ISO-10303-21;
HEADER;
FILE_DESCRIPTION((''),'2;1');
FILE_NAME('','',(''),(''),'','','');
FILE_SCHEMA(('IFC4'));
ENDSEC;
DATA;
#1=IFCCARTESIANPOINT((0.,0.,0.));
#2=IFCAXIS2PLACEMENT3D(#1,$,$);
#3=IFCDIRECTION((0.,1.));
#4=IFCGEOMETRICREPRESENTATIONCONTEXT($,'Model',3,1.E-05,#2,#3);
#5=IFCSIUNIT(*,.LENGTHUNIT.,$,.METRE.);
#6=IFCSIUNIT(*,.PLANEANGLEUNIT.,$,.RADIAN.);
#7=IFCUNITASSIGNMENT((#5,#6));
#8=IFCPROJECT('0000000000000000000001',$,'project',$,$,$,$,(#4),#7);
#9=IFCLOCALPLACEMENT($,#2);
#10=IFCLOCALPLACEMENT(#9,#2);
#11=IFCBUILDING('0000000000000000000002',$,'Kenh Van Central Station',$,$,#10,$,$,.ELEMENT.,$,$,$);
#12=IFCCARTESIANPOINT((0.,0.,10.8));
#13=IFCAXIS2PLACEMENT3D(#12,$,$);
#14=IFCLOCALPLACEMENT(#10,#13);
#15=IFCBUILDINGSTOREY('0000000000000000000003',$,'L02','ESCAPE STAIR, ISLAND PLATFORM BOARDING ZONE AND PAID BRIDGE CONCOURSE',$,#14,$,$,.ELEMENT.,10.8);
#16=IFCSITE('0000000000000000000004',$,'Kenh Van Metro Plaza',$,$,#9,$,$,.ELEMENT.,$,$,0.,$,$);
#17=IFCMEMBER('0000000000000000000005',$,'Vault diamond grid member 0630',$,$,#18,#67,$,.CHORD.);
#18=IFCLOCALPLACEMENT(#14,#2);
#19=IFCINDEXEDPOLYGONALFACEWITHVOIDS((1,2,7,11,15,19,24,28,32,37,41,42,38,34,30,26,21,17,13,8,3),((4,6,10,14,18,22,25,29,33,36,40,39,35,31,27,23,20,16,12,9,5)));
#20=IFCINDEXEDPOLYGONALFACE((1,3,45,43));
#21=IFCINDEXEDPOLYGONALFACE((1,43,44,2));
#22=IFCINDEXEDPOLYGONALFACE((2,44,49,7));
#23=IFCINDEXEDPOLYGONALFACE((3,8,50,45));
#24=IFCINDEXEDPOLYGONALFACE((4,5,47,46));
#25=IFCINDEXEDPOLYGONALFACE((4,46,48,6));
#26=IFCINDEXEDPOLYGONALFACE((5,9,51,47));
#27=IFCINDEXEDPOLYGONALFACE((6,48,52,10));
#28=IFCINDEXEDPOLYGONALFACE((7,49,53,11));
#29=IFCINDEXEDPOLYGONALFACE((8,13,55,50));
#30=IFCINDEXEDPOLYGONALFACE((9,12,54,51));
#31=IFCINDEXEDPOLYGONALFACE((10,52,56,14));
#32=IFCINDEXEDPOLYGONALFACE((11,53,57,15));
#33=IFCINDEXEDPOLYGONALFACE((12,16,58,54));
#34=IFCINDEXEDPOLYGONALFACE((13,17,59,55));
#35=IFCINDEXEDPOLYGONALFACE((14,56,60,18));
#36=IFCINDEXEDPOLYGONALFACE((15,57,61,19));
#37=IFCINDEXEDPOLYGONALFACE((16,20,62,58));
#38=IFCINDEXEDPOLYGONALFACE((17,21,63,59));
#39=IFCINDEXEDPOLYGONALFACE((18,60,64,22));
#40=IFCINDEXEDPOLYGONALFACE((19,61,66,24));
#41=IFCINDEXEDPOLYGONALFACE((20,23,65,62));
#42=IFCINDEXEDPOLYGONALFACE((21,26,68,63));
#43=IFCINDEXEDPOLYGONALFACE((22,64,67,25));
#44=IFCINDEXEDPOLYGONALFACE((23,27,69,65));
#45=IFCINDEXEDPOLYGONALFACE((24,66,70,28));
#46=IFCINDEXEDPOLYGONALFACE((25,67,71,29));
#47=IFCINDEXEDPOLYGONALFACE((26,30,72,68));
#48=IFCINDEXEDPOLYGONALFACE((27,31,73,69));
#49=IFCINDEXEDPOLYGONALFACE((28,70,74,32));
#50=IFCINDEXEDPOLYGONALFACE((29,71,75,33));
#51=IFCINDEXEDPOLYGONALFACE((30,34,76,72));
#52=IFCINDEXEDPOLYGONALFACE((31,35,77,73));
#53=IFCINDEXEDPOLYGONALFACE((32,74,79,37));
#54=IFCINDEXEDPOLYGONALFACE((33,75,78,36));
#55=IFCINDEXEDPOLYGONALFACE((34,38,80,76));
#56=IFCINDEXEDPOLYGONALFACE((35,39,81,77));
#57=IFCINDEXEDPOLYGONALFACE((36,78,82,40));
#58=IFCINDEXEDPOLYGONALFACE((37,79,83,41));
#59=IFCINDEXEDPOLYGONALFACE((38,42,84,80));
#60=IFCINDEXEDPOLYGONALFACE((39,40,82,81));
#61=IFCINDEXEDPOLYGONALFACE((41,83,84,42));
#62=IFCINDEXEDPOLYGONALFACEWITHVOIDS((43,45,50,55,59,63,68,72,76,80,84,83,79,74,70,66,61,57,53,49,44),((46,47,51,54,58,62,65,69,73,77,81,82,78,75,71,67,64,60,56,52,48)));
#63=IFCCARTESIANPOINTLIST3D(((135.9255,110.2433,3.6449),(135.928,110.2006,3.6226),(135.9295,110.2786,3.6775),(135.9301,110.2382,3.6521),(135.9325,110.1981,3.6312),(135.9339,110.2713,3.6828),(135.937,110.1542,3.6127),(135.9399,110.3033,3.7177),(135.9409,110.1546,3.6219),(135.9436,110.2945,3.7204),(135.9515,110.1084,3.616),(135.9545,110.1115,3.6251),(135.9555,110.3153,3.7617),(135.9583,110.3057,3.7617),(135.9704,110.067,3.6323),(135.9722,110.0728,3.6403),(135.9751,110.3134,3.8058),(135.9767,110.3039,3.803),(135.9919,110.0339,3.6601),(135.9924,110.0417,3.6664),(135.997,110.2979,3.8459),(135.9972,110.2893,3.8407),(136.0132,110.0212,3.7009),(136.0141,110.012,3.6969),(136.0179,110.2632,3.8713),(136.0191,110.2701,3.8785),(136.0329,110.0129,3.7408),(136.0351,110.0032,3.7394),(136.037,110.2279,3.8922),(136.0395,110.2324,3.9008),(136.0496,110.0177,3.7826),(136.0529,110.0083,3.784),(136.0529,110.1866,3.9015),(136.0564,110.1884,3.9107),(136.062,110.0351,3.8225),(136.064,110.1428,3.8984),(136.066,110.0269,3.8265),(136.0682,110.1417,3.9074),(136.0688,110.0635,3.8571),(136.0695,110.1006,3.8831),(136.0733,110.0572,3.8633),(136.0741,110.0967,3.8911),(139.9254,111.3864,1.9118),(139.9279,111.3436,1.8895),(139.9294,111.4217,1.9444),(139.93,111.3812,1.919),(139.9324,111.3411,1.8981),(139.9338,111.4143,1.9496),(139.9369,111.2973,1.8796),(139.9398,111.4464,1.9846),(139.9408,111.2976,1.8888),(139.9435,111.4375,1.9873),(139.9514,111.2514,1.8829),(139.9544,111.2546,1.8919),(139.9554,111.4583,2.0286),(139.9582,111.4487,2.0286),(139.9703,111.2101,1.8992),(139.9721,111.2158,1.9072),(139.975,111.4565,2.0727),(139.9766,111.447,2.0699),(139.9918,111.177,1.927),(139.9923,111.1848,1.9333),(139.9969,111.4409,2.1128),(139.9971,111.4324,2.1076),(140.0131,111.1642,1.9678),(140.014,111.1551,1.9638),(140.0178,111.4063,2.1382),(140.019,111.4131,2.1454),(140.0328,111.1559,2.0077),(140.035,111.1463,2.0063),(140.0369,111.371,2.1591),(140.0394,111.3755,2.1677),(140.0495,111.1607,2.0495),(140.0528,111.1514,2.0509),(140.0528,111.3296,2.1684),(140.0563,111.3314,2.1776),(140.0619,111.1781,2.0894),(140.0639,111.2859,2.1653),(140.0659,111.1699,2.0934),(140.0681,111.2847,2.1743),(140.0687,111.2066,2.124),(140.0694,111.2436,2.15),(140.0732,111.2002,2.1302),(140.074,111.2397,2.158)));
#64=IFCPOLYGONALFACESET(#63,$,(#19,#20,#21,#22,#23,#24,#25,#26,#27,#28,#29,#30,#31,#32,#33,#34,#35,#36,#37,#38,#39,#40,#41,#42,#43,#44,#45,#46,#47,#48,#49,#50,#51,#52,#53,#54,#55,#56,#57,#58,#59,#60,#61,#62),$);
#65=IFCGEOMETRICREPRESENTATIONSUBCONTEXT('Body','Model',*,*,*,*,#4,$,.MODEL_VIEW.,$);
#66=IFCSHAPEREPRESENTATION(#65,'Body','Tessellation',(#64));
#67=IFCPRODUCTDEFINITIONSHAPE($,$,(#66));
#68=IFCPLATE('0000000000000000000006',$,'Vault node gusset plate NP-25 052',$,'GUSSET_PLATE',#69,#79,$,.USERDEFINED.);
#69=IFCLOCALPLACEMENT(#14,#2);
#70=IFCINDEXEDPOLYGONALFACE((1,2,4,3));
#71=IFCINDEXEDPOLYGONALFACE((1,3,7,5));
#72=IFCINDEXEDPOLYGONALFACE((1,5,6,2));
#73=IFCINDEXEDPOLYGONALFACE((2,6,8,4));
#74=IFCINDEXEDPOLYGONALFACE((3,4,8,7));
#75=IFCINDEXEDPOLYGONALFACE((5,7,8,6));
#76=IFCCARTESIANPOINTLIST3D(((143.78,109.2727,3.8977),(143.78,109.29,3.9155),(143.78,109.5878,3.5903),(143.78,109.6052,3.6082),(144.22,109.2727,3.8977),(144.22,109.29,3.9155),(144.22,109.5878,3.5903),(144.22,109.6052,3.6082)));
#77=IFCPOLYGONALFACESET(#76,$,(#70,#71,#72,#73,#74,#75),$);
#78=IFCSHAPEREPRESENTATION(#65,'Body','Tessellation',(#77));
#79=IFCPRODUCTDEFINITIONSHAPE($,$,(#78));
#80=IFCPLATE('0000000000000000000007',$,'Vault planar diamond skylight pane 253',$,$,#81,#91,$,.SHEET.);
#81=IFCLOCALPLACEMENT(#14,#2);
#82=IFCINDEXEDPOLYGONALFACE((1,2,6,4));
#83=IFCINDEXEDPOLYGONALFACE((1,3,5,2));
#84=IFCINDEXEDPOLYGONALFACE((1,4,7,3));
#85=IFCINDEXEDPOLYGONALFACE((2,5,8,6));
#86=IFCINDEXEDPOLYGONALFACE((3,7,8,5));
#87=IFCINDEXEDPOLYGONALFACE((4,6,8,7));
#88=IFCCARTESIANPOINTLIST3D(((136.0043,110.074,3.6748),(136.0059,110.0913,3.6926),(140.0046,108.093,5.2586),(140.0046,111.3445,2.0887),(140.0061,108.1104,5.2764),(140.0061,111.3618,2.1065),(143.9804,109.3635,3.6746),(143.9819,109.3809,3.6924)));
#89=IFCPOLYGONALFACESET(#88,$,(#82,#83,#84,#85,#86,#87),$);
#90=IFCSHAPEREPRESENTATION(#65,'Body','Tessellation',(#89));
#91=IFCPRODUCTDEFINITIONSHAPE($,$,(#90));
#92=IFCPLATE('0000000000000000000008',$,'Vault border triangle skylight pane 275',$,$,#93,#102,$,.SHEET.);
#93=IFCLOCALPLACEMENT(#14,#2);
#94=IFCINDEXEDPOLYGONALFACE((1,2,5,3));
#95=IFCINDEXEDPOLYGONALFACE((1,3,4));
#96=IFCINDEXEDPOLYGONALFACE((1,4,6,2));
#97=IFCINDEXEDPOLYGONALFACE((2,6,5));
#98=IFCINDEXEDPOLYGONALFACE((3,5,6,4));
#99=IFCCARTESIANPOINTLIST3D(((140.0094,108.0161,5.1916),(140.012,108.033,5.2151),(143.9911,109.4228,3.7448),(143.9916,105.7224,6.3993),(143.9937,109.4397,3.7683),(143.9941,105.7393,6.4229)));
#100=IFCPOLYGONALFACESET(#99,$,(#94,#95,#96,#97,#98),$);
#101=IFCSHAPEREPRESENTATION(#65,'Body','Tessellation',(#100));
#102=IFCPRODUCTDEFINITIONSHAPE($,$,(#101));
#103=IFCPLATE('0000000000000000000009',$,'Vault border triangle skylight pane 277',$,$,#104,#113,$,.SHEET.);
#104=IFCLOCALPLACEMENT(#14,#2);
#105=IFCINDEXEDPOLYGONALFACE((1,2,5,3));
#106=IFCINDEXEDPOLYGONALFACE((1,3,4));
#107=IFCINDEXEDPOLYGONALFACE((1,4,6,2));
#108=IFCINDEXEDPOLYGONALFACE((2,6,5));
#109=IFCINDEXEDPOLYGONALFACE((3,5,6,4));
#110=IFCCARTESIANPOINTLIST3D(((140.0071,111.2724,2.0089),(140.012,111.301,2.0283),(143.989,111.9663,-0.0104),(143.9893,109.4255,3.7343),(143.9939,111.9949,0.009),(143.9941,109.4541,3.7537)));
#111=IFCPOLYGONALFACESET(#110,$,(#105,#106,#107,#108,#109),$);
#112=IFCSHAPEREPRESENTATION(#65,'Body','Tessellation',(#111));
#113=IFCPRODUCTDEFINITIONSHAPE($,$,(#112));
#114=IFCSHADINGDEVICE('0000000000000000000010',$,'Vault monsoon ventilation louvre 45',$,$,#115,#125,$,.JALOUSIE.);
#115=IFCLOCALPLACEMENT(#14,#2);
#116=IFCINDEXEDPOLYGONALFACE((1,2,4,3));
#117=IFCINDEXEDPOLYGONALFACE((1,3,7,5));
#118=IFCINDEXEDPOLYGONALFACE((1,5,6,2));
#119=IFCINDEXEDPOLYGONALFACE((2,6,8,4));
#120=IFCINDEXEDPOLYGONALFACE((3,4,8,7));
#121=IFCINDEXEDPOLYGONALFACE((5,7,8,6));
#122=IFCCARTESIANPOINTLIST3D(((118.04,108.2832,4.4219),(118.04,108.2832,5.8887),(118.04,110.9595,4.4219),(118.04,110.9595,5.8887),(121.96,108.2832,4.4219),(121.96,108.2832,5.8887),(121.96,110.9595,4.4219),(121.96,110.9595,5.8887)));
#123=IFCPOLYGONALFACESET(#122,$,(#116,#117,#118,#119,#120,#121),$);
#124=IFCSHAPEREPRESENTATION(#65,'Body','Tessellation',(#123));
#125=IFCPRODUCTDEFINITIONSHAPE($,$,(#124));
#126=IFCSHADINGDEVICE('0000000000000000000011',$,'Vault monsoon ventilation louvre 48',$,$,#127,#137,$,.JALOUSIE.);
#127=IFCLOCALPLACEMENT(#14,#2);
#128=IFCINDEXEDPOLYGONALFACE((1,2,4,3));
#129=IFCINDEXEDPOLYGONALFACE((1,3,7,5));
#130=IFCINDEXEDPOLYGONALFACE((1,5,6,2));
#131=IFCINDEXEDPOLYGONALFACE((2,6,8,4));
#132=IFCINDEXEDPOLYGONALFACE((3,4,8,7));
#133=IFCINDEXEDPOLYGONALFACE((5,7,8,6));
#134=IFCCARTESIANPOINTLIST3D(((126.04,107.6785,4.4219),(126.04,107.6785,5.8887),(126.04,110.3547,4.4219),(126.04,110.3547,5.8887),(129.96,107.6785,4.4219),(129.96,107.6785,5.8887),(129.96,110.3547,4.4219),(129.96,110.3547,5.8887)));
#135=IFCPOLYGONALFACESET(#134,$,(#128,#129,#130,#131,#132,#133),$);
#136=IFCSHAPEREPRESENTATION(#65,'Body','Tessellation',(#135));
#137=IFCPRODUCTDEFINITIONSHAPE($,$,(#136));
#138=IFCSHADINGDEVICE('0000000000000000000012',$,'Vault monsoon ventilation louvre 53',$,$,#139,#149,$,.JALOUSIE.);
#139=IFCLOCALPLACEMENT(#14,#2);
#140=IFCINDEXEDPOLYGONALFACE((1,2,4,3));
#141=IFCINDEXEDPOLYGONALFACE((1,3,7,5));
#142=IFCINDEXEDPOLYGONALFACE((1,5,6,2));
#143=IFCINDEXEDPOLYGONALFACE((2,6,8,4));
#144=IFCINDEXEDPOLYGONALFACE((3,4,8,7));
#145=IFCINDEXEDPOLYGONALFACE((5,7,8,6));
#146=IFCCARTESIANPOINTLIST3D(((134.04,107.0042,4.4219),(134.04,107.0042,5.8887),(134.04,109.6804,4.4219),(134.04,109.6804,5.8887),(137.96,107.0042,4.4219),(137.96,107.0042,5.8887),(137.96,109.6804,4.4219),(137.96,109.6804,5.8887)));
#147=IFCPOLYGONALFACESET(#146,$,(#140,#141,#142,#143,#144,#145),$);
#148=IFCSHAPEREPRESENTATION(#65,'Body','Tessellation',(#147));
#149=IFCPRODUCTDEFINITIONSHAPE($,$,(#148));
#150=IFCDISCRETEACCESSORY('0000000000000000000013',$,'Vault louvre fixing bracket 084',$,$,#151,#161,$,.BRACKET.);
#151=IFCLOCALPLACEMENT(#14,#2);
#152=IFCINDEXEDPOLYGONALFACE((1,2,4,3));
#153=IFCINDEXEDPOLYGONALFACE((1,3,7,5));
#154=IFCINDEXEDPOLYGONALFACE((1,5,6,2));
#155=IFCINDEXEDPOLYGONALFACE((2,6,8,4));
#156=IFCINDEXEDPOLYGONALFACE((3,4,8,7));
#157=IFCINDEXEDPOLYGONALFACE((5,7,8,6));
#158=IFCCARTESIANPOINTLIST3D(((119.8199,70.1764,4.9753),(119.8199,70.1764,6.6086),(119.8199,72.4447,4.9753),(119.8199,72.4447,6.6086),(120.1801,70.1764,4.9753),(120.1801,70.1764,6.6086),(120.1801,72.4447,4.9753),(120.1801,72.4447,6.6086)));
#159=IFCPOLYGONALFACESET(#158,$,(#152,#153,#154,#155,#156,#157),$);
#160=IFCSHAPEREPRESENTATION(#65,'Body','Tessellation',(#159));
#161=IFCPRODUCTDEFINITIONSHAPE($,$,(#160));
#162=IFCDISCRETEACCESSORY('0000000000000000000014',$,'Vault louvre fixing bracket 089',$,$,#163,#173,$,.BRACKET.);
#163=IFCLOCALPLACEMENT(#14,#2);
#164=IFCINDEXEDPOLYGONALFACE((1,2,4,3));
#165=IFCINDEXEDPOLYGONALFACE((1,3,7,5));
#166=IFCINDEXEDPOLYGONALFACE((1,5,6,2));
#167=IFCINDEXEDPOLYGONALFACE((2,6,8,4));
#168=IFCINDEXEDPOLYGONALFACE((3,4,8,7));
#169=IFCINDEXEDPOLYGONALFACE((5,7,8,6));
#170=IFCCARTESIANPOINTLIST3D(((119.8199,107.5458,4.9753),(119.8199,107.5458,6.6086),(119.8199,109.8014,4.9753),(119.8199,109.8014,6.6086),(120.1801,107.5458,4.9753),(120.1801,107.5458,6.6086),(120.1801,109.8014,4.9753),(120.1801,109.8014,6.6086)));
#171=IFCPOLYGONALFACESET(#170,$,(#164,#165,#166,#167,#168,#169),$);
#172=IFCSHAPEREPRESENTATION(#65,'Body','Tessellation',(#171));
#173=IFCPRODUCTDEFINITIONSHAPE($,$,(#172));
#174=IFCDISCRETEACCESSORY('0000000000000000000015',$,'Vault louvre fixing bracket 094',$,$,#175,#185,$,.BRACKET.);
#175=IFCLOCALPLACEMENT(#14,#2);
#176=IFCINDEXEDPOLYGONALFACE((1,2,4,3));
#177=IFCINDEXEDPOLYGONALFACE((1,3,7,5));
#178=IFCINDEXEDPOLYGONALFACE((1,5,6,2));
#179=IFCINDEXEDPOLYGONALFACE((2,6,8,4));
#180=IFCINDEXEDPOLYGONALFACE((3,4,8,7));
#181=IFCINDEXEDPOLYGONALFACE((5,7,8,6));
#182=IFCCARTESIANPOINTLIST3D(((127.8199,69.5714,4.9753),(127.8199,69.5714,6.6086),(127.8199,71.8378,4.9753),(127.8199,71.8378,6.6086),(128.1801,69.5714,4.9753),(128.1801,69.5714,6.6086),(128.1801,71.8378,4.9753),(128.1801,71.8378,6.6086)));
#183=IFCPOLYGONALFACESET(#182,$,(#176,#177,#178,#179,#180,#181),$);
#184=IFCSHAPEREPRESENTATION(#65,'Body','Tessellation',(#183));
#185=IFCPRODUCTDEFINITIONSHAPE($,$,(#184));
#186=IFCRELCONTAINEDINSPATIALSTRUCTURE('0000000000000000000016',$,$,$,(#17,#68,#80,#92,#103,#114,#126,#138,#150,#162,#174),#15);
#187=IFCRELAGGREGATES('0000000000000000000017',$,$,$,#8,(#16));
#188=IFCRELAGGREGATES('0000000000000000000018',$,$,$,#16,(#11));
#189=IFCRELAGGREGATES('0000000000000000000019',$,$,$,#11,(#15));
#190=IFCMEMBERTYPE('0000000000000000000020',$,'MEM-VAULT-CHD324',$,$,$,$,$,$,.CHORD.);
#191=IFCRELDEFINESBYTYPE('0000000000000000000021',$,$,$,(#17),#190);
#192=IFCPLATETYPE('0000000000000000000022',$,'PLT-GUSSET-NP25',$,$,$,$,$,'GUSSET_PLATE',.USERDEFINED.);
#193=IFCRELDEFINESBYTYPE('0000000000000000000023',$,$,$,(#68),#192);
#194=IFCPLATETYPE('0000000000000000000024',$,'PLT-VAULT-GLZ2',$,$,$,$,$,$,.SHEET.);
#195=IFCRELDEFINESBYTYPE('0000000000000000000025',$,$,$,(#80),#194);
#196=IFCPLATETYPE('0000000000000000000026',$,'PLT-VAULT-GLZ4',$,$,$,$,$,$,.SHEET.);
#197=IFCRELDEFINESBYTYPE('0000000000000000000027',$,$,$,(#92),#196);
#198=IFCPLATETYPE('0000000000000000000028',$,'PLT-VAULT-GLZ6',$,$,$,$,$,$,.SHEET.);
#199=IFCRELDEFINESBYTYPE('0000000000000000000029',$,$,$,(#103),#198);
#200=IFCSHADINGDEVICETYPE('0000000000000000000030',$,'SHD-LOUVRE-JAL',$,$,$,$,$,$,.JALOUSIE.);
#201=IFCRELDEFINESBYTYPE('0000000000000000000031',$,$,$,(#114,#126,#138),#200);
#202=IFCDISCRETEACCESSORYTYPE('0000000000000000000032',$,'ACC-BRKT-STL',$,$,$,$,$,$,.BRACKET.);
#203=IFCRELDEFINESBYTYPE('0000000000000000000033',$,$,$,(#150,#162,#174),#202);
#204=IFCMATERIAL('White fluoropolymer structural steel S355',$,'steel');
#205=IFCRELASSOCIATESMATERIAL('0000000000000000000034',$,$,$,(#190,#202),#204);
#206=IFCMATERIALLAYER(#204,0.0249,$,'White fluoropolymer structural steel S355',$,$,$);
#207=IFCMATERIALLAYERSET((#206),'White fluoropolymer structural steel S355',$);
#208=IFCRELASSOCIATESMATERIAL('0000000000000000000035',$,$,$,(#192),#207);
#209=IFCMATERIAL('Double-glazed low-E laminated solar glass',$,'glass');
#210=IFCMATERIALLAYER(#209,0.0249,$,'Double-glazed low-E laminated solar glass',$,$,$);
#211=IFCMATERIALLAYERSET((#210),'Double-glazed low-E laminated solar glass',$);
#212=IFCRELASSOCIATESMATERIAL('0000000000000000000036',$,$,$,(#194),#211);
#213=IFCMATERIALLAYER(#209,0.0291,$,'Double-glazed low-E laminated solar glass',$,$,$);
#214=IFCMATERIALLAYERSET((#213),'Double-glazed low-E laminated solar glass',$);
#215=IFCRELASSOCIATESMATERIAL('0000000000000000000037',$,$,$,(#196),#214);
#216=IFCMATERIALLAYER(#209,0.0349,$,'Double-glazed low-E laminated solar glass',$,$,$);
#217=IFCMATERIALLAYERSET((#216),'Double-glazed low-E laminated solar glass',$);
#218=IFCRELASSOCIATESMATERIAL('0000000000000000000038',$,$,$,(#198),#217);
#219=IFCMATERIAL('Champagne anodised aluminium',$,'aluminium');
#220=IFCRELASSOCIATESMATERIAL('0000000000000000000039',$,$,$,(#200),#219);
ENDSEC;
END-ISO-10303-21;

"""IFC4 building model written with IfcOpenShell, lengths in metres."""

from ifc_helpers import new_model, si_unit, direction, frame, origin, origin_2d, place, context, subcontext, project, spatial, polyline, rectangle, hollow_circle, outline, extrude, material, layer, layer_set, material_profile, profile_set, type_object, element, save


model = new_model("IFC4")

# Units and contexts
model_context = context("Model", 3, precision=1e-05, world=origin(), true_north=direction((0.0, 1.0)))
body_context = subcontext(model_context, "Body", "Model", "MODEL_VIEW")
ifc_project = project(units=[si_unit("LENGTHUNIT", "METRE"), si_unit("PLANEANGLEUNIT", "RADIAN")], contexts=[model_context])

# Site, building, storey
site_placement = place(None, origin())
site = spatial("IfcSite", under=ifc_project, at=site_placement, Name="Kenh Van Metro Plaza", CompositionType="ELEMENT", RefElevation=0.0)
building_placement = place(site_placement, origin())
building = spatial("IfcBuilding", under=site, at=building_placement, Name="Kenh Van Central Station", CompositionType="ELEMENT")
storey_placement = place(building_placement, frame((0.0, 0.0, 10.8)))
storey = spatial("IfcBuildingStorey", under=building, at=storey_placement, Name="L02", Description="ESCAPE STAIR, ISLAND PLATFORM BOARDING ZONE AND PAID BRIDGE CONCOURSE", CompositionType="ELEMENT", Elevation=10.8)

# Shared definitions
ifc_material_1 = material(Name="White fluoropolymer structural steel S355", Category="steel")

# Member
ifc_material_profile_1 = material_profile(ifc_material_1, hollow_circle(Radius=0.1619, WallThickness=0.01, at=origin_2d()), Name="CHS 323.9x10")
ifc_profile_set_1 = profile_set([ifc_material_profile_1], Name="White fluoropolymer structural steel S355")
member_type_1 = type_object("IfcMemberType", Name="MEM-VAULT-CHD324", PredefinedType="CHORD", material=ifc_profile_set_1)
member_1_placement = place(storey_placement, frame((136.0, 110.1597, 3.7617), z_axis=(0.887566, 0.253637, -0.384572), x_axis=(-0.274768, 0.961511, 0.0)))
element("IfcMember", 1, at=member_1_placement, inside=storey, type_object=member_type_1, Name="Vault diamond grid member 0630", PredefinedType="CHORD", context=body_context, shape_type="SweptSolid", body=[
    extrude(hollow_circle(Radius=0.1619, WallThickness=0.01, at=origin_2d()), origin(), (0.0, 0.0, 1.0), 4.5066),
])

# Plates
ifc_layer_1 = layer(ifc_material_1, 0.0249, Name="White fluoropolymer structural steel S355")
ifc_layer_set_1 = layer_set([ifc_layer_1], Name="White fluoropolymer structural steel S355")
plate_type_1 = type_object("IfcPlateType", Name="PLT-GUSSET-NP25", ElementType="GUSSET_PLATE", PredefinedType="USERDEFINED", material=ifc_layer_set_1)
plate_1_placement = place(storey_placement, frame((143.78, 109.29, 3.9155), z_axis=(0.0, 0.698178, 0.715924), x_axis=(1.0, 0.0, 0.0)))
element("IfcPlate", 2, at=plate_1_placement, inside=storey, type_object=plate_type_1, Name="Vault node gusset plate NP-25 052", ObjectType="GUSSET_PLATE", PredefinedType="USERDEFINED", context=body_context, shape_type="SweptSolid", body=[
    extrude(outline(polyline([(0.0, 0.0), (0.4399, 0.0), (0.4399, 0.4403), (0.0, 0.4403), (0.0, 0.0)])), origin(), (0.0, 0.0, -1.0), 0.0249),
])
ifc_material_2 = material(Name="Double-glazed low-E laminated solar glass", Category="glass")
ifc_layer_2 = layer(ifc_material_2, 0.0249, Name="Double-glazed low-E laminated solar glass")
ifc_layer_set_2 = layer_set([ifc_layer_2], Name="Double-glazed low-E laminated solar glass")
plate_type_2 = type_object("IfcPlateType", Name="PLT-VAULT-GLZ2", PredefinedType="SHEET", material=ifc_layer_set_2)
plate_2_placement = place(storey_placement, frame((136.0059, 110.0913, 3.6926), z_axis=(0.062081, 0.696725, 0.714647), x_axis=(0.844558, -0.418229, 0.334374)))
element("IfcPlate", 3, at=plate_2_placement, inside=storey, type_object=plate_type_2, Name="Vault planar diamond skylight pane 253", PredefinedType="SHEET", context=body_context, shape_type="SweptSolid", body=[
    extrude(outline(polyline([(0.0, 0.0), (4.7365, 0.0), (7.0333, 3.8282), (2.3167, 3.8425), (0.0, 0.0)])), origin(), (0.0, 0.0, -1.0), 0.0249),
])
ifc_layer_3 = layer(ifc_material_2, 0.0291, Name="Double-glazed low-E laminated solar glass")
ifc_layer_set_3 = layer_set([ifc_layer_3], Name="Double-glazed low-E laminated solar glass")
plate_type_3 = type_object("IfcPlateType", Name="PLT-VAULT-GLZ4", PredefinedType="SHEET", material=ifc_layer_set_3)
plate_3_placement = place(storey_placement, frame((143.9941, 105.7393, 6.4229), z_axis=(0.088952, 0.580587, 0.809324), x_axis=(-0.000107, 0.812551, -0.58289)))
element("IfcPlate", 4, at=plate_3_placement, inside=storey, type_object=plate_type_3, Name="Vault border triangle skylight pane 275", PredefinedType="SHEET", context=body_context, shape_type="SweptSolid", body=[
    extrude(outline(polyline([(0.0, 0.0), (4.5541, 0.0), (2.5682, 3.9977), (0.0, 0.0)])), origin(), (0.0, 0.0, -1.0), 0.0291),
])
ifc_layer_4 = layer(ifc_material_2, 0.0349, Name="Double-glazed low-E laminated solar glass")
ifc_layer_set_4 = layer_set([ifc_layer_4], Name="Double-glazed low-E laminated solar glass")
plate_type_4 = type_object("IfcPlateType", Name="PLT-VAULT-GLZ6", PredefinedType="SHEET", material=ifc_layer_set_4)
plate_4_placement = place(storey_placement, frame((143.9941, 109.4541, 3.7537), z_axis=(0.139165, 0.819451, 0.555997), x_axis=(-0.000054, 0.561467, -0.827499)))
element("IfcPlate", 5, at=plate_4_placement, inside=storey, type_object=plate_type_4, Name="Vault border triangle skylight pane 277", PredefinedType="SHEET", context=body_context, shape_type="SweptSolid", body=[
    extrude(outline(polyline([(0.0, 0.0), (4.5252, 0.0), (2.4649, 4.0212), (0.0, 0.0)])), origin(), (0.0, 0.0, -1.0), 0.0349),
])

# Shared definitions
ifc_material_3 = material(Name="Champagne anodised aluminium", Category="aluminium")

# Shading devices
shading_device_type = type_object("IfcShadingDeviceType", Name="SHD-LOUVRE-JAL", PredefinedType="JALOUSIE", material=ifc_material_3)
for number, where, z_axis, x_axis, name in (
    (6, (120.0, 109.6213, 4.4219), (0.0, 0.0, 1.0), (1.0, 0.0, 0.0), "Vault monsoon ventilation louvre 45"),
    (7, (128.0, 109.0166, 4.4219), (0.0, 0.0, 1.0), (1.0, 0.0, 0.0), "Vault monsoon ventilation louvre 48"),
    (8, (136.0, 108.3423, 4.4219), (0.0, 0.0, 1.0), (1.0, 0.0, 0.0), "Vault monsoon ventilation louvre 53"),
):
    element("IfcShadingDevice", number, at=place(storey_placement, frame(where, z_axis=z_axis, x_axis=x_axis)), inside=storey, type_object=shading_device_type, Name=name, PredefinedType="JALOUSIE", context=body_context, shape_type="SweptSolid", body=[
        extrude(rectangle(XDim=3.9199, YDim=2.6763, at=origin_2d()), origin(), (0.0, 0.0, 1.0), 1.4668),
    ])

# Discrete accessories
discrete_accessory_type_1 = type_object("IfcDiscreteAccessoryType", Name="ACC-BRKT-STL", PredefinedType="BRACKET", material=ifc_material_1)
discrete_accessory_1_placement = place(storey_placement, frame((120.0, 71.3105, 4.9753), z_axis=(0.0, 0.0, 1.0), x_axis=(1.0, 0.0, 0.0)))
element("IfcDiscreteAccessory", 9, at=discrete_accessory_1_placement, inside=storey, type_object=discrete_accessory_type_1, Name="Vault louvre fixing bracket 084", PredefinedType="BRACKET", context=body_context, shape_type="SweptSolid", body=[
    extrude(rectangle(XDim=0.3601, YDim=2.2683, at=origin_2d()), origin(), (0.0, 0.0, 1.0), 1.6333),
])
discrete_accessory_2_placement = place(storey_placement, frame((120.0, 108.6736, 4.9753), z_axis=(0.0, 0.0, 1.0), x_axis=(1.0, 0.0, 0.0)))
element("IfcDiscreteAccessory", 10, at=discrete_accessory_2_placement, inside=storey, type_object=discrete_accessory_type_1, Name="Vault louvre fixing bracket 089", PredefinedType="BRACKET", context=body_context, shape_type="SweptSolid", body=[
    extrude(rectangle(XDim=0.3601, YDim=2.2556, at=origin_2d()), origin(), (0.0, 0.0, 1.0), 1.6333),
])
discrete_accessory_3_placement = place(storey_placement, frame((128.0, 70.7046, 4.9753), z_axis=(0.0, 0.0, 1.0), x_axis=(1.0, 0.0, 0.0)))
element("IfcDiscreteAccessory", 11, at=discrete_accessory_3_placement, inside=storey, type_object=discrete_accessory_type_1, Name="Vault louvre fixing bracket 094", PredefinedType="BRACKET", context=body_context, shape_type="SweptSolid", body=[
    extrude(rectangle(XDim=0.3601, YDim=2.2664, at=origin_2d()), origin(), (0.0, 0.0, 1.0), 1.6333),
])

save(model, "model.ifc")
